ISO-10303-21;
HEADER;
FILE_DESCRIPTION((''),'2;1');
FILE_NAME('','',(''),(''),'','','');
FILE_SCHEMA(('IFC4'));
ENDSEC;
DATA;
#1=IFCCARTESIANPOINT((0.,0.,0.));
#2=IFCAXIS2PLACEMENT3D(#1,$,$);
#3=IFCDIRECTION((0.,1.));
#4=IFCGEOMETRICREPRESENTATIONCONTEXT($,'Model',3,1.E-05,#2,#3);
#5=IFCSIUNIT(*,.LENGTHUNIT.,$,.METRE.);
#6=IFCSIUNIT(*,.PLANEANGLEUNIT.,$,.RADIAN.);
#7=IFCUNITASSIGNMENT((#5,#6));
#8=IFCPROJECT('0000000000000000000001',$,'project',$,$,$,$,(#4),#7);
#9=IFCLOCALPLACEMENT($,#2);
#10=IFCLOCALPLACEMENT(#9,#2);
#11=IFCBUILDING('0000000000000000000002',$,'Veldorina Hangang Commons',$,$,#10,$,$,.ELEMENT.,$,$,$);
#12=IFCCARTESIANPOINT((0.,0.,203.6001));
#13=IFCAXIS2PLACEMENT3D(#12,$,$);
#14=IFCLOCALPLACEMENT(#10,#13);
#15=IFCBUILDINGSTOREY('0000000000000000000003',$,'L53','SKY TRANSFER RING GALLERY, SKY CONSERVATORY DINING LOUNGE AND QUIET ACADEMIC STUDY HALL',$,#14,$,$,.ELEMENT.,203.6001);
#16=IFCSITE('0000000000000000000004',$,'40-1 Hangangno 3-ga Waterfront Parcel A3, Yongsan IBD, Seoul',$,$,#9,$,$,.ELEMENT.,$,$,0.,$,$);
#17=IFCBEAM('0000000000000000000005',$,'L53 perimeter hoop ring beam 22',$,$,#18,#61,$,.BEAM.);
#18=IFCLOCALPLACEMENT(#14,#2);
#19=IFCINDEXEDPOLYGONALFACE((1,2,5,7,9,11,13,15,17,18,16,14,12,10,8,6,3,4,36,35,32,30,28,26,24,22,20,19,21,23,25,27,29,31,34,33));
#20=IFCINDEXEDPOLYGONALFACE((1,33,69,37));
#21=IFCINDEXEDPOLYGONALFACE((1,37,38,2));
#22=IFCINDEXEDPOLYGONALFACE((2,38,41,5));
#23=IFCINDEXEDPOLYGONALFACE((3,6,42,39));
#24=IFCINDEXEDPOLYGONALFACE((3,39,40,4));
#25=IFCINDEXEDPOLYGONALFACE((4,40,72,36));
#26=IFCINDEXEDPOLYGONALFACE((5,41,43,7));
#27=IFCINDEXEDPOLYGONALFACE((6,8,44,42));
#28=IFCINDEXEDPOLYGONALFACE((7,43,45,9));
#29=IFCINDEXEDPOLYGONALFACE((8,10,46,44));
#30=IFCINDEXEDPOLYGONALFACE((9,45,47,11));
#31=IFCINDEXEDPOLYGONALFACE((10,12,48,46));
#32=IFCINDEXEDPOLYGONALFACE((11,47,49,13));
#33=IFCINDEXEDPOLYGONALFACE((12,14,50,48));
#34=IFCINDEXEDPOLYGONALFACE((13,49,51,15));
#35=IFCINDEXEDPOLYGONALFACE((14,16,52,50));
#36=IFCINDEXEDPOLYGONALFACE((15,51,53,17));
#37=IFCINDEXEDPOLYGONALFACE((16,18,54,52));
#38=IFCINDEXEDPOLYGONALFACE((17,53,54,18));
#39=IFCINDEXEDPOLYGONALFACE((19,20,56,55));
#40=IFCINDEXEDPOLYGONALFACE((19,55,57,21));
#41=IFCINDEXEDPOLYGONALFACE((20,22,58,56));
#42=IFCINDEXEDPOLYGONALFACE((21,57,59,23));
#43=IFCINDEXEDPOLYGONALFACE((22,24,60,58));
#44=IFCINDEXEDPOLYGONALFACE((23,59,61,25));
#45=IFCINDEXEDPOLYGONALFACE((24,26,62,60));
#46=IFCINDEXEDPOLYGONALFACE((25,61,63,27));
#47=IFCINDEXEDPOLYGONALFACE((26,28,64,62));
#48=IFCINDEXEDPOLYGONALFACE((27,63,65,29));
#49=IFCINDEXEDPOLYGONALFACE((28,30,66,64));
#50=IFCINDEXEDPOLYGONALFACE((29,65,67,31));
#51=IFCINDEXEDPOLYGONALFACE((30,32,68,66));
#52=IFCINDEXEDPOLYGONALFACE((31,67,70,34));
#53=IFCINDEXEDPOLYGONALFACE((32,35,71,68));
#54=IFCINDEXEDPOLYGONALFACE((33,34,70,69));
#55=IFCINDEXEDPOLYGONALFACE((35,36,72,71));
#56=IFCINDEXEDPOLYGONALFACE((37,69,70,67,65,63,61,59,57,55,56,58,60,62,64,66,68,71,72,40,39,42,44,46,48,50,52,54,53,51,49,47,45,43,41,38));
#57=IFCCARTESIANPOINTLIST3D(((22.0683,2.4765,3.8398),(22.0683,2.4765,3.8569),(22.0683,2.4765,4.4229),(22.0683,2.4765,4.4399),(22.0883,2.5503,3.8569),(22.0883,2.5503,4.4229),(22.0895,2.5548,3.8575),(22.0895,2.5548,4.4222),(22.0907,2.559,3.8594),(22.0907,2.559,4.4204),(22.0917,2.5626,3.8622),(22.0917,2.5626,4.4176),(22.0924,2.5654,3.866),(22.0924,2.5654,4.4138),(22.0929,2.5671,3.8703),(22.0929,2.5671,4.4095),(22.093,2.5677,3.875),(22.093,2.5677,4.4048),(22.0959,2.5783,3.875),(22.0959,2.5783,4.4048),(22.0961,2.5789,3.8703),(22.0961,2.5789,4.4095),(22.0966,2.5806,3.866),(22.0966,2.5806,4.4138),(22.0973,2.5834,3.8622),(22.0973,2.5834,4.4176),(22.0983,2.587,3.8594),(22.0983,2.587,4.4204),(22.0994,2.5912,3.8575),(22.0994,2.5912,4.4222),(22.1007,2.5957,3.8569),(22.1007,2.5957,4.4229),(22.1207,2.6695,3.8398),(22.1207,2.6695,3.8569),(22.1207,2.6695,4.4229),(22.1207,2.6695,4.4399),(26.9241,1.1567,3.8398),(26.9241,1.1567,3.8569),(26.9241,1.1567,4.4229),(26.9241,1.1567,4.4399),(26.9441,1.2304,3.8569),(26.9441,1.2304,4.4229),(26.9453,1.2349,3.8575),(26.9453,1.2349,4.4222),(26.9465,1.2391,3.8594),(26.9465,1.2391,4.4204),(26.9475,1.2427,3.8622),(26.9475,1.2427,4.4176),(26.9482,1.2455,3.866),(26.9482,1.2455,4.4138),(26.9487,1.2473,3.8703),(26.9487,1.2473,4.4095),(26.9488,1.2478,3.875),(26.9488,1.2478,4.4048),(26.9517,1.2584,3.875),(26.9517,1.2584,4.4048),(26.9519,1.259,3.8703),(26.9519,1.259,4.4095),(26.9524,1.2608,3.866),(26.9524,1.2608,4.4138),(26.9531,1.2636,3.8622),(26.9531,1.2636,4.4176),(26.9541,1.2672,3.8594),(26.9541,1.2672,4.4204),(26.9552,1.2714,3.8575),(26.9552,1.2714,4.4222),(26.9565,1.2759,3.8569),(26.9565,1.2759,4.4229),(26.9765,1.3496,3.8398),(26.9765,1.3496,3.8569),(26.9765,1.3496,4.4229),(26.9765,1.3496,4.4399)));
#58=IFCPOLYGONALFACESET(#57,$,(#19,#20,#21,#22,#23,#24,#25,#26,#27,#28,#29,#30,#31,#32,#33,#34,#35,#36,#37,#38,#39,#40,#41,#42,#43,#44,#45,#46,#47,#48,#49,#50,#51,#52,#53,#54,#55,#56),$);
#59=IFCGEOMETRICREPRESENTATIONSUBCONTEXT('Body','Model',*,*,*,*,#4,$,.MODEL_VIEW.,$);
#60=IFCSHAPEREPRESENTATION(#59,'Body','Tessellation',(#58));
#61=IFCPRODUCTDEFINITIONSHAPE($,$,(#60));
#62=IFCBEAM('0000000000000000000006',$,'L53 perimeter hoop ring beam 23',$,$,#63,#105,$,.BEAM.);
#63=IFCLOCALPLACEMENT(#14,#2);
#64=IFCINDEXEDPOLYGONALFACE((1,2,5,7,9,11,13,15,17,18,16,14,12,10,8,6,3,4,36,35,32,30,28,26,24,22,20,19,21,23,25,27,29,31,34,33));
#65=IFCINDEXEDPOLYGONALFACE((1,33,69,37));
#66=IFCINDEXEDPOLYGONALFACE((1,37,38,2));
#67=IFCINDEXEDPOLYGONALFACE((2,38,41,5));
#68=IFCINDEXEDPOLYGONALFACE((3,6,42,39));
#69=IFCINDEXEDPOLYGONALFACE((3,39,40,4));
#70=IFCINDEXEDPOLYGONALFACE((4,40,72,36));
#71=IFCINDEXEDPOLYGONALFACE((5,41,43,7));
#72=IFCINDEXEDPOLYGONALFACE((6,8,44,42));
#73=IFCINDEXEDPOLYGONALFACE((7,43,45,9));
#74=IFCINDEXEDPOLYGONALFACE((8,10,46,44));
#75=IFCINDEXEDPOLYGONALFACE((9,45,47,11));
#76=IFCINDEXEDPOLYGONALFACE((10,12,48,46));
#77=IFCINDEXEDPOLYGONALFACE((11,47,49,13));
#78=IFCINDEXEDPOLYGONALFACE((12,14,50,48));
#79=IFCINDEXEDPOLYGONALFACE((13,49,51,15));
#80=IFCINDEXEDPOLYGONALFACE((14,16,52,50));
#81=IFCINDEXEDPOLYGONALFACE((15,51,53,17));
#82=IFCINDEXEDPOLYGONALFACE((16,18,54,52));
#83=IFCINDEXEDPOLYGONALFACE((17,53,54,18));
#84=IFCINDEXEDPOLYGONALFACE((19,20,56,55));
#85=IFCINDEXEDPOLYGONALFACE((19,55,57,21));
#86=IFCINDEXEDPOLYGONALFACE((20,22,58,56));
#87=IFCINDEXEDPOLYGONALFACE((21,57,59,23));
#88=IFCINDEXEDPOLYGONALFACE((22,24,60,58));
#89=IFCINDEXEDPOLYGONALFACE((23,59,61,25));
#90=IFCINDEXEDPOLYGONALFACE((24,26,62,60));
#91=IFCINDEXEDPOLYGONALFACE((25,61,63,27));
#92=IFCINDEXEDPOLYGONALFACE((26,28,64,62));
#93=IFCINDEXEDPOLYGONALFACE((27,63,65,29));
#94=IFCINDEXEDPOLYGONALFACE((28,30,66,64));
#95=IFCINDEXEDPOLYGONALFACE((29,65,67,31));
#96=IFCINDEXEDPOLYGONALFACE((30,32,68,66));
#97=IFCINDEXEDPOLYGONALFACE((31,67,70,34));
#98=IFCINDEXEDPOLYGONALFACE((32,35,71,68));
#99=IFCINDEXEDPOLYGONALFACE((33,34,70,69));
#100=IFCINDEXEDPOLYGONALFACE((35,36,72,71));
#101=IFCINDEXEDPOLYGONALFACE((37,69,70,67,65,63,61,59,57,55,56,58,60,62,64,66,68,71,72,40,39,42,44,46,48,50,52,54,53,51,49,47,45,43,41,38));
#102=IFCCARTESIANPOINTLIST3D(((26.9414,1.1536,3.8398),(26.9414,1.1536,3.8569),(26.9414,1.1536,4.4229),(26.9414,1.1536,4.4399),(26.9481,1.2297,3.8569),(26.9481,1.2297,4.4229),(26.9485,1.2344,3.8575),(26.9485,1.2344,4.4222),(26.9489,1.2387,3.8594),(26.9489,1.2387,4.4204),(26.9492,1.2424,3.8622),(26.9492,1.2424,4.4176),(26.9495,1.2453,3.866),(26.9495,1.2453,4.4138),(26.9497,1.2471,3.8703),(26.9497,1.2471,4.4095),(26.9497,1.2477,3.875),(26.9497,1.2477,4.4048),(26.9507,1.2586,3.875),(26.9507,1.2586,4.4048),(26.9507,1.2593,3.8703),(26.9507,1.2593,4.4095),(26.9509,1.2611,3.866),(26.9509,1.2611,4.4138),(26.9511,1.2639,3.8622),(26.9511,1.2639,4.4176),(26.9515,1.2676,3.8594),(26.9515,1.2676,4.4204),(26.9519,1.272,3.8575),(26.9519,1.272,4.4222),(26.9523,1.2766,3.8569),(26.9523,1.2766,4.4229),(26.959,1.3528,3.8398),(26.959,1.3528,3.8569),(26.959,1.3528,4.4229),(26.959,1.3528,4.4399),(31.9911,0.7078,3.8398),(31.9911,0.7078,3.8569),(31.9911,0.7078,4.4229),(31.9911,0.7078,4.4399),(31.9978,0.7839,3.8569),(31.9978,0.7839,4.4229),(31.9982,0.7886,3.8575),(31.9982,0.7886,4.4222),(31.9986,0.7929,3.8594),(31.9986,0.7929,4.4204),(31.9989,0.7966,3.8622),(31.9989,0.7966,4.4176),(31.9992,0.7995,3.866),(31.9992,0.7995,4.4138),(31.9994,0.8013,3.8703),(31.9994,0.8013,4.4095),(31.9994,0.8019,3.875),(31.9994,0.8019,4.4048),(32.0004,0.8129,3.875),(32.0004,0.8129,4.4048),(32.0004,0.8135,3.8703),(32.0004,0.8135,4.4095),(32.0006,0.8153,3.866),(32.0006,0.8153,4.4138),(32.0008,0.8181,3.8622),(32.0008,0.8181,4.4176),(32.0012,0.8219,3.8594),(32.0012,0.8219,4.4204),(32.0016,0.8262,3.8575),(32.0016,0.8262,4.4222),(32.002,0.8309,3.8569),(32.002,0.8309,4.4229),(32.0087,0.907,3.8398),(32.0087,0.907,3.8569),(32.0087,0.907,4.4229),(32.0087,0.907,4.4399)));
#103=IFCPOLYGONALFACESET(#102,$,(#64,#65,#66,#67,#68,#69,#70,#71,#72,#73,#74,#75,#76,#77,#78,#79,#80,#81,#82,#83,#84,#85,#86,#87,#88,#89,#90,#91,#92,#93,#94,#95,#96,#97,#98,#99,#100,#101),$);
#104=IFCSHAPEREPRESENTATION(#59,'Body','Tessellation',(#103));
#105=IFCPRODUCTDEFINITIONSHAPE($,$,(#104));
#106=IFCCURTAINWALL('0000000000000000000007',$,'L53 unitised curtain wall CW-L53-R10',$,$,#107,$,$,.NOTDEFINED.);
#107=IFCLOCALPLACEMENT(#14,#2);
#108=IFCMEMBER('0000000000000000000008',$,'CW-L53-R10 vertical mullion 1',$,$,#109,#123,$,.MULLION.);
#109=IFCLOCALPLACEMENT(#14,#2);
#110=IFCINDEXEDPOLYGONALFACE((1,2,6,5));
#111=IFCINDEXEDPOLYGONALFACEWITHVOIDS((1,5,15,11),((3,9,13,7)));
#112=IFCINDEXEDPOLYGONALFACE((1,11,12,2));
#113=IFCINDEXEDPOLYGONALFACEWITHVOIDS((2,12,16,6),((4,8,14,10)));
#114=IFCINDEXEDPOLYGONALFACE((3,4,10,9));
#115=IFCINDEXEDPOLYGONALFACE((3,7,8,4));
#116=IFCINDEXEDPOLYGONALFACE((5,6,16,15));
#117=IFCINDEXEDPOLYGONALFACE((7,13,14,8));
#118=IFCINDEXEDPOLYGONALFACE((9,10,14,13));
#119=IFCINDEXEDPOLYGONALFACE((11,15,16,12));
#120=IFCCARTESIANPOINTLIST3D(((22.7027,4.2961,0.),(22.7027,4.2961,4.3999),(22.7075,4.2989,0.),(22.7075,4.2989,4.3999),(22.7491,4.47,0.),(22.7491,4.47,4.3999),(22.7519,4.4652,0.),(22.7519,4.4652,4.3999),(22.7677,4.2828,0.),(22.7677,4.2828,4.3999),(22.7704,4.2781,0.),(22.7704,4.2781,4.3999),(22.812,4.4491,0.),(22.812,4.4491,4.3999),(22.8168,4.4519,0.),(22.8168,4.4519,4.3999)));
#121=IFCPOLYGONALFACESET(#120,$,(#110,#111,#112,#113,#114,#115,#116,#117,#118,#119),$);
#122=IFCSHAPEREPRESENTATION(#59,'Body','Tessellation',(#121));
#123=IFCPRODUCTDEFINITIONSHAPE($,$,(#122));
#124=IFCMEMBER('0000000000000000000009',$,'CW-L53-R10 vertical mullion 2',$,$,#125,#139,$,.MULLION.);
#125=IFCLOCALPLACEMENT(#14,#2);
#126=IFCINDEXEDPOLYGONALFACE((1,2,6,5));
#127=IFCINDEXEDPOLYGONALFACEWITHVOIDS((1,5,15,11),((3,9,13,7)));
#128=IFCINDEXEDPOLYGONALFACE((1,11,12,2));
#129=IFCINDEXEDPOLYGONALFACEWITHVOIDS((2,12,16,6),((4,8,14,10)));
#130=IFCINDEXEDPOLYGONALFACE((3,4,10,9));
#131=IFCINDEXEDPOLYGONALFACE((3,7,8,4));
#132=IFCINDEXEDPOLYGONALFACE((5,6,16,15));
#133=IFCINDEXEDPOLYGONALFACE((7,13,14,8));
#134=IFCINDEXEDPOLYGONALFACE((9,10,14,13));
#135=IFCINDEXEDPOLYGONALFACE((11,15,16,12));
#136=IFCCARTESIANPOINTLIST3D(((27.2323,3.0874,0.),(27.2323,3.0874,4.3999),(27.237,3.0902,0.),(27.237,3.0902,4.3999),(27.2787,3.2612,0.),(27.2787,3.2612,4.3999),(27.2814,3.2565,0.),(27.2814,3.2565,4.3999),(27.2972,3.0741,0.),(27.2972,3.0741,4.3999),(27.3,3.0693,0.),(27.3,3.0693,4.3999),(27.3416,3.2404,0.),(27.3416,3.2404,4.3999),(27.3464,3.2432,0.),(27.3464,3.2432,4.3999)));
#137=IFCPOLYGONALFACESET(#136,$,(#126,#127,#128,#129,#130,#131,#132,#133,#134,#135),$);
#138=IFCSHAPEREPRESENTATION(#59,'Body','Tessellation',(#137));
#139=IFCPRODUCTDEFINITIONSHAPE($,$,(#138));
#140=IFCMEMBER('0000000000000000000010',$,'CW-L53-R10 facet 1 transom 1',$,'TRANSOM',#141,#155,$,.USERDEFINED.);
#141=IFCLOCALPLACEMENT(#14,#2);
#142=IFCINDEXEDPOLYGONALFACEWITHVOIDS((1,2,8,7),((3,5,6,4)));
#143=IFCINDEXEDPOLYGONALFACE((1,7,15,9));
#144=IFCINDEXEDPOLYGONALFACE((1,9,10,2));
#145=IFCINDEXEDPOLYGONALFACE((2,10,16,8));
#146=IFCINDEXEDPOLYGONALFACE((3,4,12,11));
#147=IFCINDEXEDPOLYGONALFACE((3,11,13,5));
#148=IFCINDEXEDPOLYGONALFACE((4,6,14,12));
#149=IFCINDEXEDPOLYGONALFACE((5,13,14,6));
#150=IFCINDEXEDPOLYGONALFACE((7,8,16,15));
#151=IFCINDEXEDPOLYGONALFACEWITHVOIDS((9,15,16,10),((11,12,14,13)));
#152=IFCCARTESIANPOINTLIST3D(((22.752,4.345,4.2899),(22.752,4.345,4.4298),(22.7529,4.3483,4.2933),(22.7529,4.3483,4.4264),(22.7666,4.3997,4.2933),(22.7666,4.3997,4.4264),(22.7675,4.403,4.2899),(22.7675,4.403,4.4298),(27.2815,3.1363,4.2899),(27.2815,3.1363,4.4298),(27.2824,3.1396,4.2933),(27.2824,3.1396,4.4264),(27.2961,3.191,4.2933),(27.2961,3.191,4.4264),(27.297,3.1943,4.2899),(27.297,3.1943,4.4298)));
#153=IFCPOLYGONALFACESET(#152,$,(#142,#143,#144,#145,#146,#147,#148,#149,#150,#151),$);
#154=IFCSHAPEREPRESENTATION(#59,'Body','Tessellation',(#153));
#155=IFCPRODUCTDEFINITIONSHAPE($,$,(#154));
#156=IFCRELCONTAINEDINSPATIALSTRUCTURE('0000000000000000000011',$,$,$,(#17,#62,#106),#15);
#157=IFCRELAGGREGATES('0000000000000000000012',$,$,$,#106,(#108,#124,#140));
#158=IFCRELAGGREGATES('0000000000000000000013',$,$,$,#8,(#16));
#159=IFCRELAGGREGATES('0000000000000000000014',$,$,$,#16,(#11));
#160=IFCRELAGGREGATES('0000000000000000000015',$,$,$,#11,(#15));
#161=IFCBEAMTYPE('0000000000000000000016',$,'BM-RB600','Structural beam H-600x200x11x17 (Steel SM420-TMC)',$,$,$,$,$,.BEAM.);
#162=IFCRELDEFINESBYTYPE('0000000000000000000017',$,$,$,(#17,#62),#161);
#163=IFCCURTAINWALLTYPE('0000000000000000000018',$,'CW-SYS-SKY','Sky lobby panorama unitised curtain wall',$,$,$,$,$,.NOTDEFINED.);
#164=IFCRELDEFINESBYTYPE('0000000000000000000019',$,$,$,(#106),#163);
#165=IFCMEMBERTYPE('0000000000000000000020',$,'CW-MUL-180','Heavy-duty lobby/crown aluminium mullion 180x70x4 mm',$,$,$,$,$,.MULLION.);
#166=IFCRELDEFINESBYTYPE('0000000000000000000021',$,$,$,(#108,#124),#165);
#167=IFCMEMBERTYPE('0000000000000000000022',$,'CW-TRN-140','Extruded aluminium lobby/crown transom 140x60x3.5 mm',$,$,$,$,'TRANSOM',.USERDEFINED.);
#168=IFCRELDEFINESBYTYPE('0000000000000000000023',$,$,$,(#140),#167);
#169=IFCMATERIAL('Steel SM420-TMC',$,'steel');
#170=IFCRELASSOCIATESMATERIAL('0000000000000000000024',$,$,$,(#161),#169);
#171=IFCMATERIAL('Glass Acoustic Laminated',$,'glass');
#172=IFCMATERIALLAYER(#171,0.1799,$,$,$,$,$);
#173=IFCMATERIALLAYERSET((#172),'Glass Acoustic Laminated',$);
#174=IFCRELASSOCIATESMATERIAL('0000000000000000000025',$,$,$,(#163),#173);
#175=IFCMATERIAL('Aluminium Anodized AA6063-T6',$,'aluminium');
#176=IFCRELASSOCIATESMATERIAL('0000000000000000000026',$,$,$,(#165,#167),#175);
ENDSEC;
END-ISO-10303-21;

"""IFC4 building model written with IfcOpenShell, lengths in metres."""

from ifc_helpers import new_model, si_unit, direction, frame, origin, origin_2d, place, context, subcontext, project, spatial, hollow_rectangle, i_section, extrude, material, layer, layer_set, material_profile, profile_set, type_object, element, aggregate, save


model = new_model("IFC4")

# Units and contexts
model_context = context("Model", 3, precision=1e-05, world=origin(), true_north=direction((0.0, 1.0)))
body_context = subcontext(model_context, "Body", "Model", "MODEL_VIEW")
ifc_project = project(units=[si_unit("LENGTHUNIT", "METRE"), si_unit("PLANEANGLEUNIT", "RADIAN")], contexts=[model_context])

# Site, building, storey
site_placement = place(None, origin())
site = spatial("IfcSite", under=ifc_project, at=site_placement, Name="40-1 Hangangno 3-ga Waterfront Parcel A3, Yongsan IBD, Seoul", CompositionType="ELEMENT", RefElevation=0.0)
building_placement = place(site_placement, origin())
building = spatial("IfcBuilding", under=site, at=building_placement, Name="Veldorina Hangang Commons", CompositionType="ELEMENT")
storey_placement = place(building_placement, frame((0.0, 0.0, 203.6001)))
storey = spatial("IfcBuildingStorey", under=building, at=storey_placement, Name="L53", Description="SKY TRANSFER RING GALLERY, SKY CONSERVATORY DINING LOUNGE AND QUIET ACADEMIC STUDY HALL", CompositionType="ELEMENT", Elevation=203.6001)

# Beams
ifc_material_1 = material(Name="Steel SM420-TMC", Category="steel")
ifc_material_profile_1 = material_profile(ifc_material_1, i_section(OverallWidth=0.2, OverallDepth=0.6001, WebThickness=0.011, FlangeThickness=0.0171, FilletRadius=0.0181, at=origin_2d()), Name="H-600x200x11x17")
ifc_profile_set_1 = profile_set([ifc_material_profile_1], Name="Steel SM420-TMC")
beam_type = type_object("IfcBeamType", Name="BM-RB600", Description="Structural beam H-600x200x11x17 (Steel SM420-TMC)", PredefinedType="BEAM", material=ifc_profile_set_1)
beam_1_placement = place(storey_placement, frame((22.0945, 2.573, 4.1399), z_axis=(0.964989, -0.262292, 0.0), x_axis=(0.262292, 0.964989, 0.0)))
element("IfcBeam", 1, at=beam_1_placement, inside=storey, type_object=beam_type, Name="L53 perimeter hoop ring beam 22", PredefinedType="BEAM", context=body_context, shape_type="SweptSolid", body=[
    extrude(i_section(OverallWidth=0.2, OverallDepth=0.6001, WebThickness=0.011, FlangeThickness=0.0171, FilletRadius=0.0181, at=origin_2d()), origin(), (0.0, 0.0, 1.0), 5.032),
])
beam_2_placement = place(storey_placement, frame((26.9502, 1.2532, 4.1399), z_axis=(0.996126, -0.087939, 0.0), x_axis=(0.087939, 0.996126, 0.0)))
element("IfcBeam", 2, at=beam_2_placement, inside=storey, type_object=beam_type, Name="L53 perimeter hoop ring beam 23", PredefinedType="BEAM", context=body_context, shape_type="SweptSolid", body=[
    extrude(i_section(OverallWidth=0.2, OverallDepth=0.6001, WebThickness=0.011, FlangeThickness=0.0171, FilletRadius=0.0181, at=origin_2d()), origin(), (0.0, 0.0, 1.0), 5.0693),
])

# Curtain wall, members
ifc_material_2 = material(Name="Glass Acoustic Laminated", Category="glass")
ifc_layer_1 = layer(ifc_material_2, 0.1799)
ifc_layer_set_1 = layer_set([ifc_layer_1], Name="Glass Acoustic Laminated")
curtain_wall_type = type_object("IfcCurtainWallType", Name="CW-SYS-SKY", Description="Sky lobby panorama unitised curtain wall", PredefinedType="NOTDEFINED", material=ifc_layer_set_1)
curtain_wall_placement = place(storey_placement, origin())
curtain_wall = element("IfcCurtainWall", 3, at=curtain_wall_placement, inside=storey, type_object=curtain_wall_type, Name="L53 unitised curtain wall CW-L53-R10", PredefinedType="NOTDEFINED")
ifc_material_3 = material(Name="Aluminium Anodized AA6063-T6", Category="aluminium")
ifc_material_profile_2 = material_profile(ifc_material_3, hollow_rectangle(XDim=0.0701, YDim=0.1799, WallThickness=0.0039, at=origin_2d()), Name="ALU-RHS-180x70x4")
ifc_profile_set_2 = profile_set([ifc_material_profile_2], Name="Aluminium Anodized AA6063-T6")
member_type_1 = type_object("IfcMemberType", Name="CW-MUL-180", Description="Heavy-duty lobby/crown aluminium mullion 180x70x4 mm", PredefinedType="MULLION", material=ifc_profile_set_2)
member_1_placement = place(storey_placement, frame((22.7598, 4.374, 0.0), z_axis=(0.0, 0.0, 1.0), x_axis=(0.966187, -0.257841, 0.0)))
member_1 = element("IfcMember", 4, at=member_1_placement, type_object=member_type_1, Name="CW-L53-R10 vertical mullion 1", PredefinedType="MULLION", context=body_context, shape_type="SweptSolid", body=[
    extrude(hollow_rectangle(XDim=0.0701, YDim=0.1799, WallThickness=0.0039, at=origin_2d()), origin(), (0.0, 0.0, 1.0), 4.3999),
])
member_2_placement = place(storey_placement, frame((27.2893, 3.1653, 0.0), z_axis=(0.0, 0.0, 1.0), x_axis=(-0.966187, 0.257841, 0.0)))
member_2 = element("IfcMember", 5, at=member_2_placement, type_object=member_type_1, Name="CW-L53-R10 vertical mullion 2", PredefinedType="MULLION", context=body_context, shape_type="SweptSolid", body=[
    extrude(hollow_rectangle(XDim=0.0701, YDim=0.1799, WallThickness=0.0039, at=origin_2d()), origin(), (0.0, 0.0, 1.0), 4.3999),
])
ifc_material_profile_3 = material_profile(ifc_material_3, hollow_rectangle(XDim=0.0601, YDim=0.1399, WallThickness=0.0034, at=origin_2d()), Name="ALU-RHS-140x60x3.5")
ifc_profile_set_3 = profile_set([ifc_material_profile_3], Name="Aluminium Anodized AA6063-T6")
member_type_2 = type_object("IfcMemberType", Name="CW-TRN-140", Description="Extruded aluminium lobby/crown transom 140x60x3.5 mm", ElementType="TRANSOM", PredefinedType="USERDEFINED", material=ifc_profile_set_3)
member_3_placement = place(storey_placement, frame((22.7598, 4.374, 4.3599), z_axis=(0.966189, -0.257834, 0.0), x_axis=(0.257834, 0.966189, 0.0)))
member_3 = element("IfcMember", 6, at=member_3_placement, type_object=member_type_2, Name="CW-L53-R10 facet 1 transom 1", ObjectType="TRANSOM", PredefinedType="USERDEFINED", context=body_context, shape_type="SweptSolid", body=[
    extrude(hollow_rectangle(XDim=0.0601, YDim=0.1399, WallThickness=0.0034, at=origin_2d()), origin(), (0.0, 0.0, 1.0), 4.688),
])

aggregate(curtain_wall, [member_1, member_2, member_3])

save(model, "model.ifc")
